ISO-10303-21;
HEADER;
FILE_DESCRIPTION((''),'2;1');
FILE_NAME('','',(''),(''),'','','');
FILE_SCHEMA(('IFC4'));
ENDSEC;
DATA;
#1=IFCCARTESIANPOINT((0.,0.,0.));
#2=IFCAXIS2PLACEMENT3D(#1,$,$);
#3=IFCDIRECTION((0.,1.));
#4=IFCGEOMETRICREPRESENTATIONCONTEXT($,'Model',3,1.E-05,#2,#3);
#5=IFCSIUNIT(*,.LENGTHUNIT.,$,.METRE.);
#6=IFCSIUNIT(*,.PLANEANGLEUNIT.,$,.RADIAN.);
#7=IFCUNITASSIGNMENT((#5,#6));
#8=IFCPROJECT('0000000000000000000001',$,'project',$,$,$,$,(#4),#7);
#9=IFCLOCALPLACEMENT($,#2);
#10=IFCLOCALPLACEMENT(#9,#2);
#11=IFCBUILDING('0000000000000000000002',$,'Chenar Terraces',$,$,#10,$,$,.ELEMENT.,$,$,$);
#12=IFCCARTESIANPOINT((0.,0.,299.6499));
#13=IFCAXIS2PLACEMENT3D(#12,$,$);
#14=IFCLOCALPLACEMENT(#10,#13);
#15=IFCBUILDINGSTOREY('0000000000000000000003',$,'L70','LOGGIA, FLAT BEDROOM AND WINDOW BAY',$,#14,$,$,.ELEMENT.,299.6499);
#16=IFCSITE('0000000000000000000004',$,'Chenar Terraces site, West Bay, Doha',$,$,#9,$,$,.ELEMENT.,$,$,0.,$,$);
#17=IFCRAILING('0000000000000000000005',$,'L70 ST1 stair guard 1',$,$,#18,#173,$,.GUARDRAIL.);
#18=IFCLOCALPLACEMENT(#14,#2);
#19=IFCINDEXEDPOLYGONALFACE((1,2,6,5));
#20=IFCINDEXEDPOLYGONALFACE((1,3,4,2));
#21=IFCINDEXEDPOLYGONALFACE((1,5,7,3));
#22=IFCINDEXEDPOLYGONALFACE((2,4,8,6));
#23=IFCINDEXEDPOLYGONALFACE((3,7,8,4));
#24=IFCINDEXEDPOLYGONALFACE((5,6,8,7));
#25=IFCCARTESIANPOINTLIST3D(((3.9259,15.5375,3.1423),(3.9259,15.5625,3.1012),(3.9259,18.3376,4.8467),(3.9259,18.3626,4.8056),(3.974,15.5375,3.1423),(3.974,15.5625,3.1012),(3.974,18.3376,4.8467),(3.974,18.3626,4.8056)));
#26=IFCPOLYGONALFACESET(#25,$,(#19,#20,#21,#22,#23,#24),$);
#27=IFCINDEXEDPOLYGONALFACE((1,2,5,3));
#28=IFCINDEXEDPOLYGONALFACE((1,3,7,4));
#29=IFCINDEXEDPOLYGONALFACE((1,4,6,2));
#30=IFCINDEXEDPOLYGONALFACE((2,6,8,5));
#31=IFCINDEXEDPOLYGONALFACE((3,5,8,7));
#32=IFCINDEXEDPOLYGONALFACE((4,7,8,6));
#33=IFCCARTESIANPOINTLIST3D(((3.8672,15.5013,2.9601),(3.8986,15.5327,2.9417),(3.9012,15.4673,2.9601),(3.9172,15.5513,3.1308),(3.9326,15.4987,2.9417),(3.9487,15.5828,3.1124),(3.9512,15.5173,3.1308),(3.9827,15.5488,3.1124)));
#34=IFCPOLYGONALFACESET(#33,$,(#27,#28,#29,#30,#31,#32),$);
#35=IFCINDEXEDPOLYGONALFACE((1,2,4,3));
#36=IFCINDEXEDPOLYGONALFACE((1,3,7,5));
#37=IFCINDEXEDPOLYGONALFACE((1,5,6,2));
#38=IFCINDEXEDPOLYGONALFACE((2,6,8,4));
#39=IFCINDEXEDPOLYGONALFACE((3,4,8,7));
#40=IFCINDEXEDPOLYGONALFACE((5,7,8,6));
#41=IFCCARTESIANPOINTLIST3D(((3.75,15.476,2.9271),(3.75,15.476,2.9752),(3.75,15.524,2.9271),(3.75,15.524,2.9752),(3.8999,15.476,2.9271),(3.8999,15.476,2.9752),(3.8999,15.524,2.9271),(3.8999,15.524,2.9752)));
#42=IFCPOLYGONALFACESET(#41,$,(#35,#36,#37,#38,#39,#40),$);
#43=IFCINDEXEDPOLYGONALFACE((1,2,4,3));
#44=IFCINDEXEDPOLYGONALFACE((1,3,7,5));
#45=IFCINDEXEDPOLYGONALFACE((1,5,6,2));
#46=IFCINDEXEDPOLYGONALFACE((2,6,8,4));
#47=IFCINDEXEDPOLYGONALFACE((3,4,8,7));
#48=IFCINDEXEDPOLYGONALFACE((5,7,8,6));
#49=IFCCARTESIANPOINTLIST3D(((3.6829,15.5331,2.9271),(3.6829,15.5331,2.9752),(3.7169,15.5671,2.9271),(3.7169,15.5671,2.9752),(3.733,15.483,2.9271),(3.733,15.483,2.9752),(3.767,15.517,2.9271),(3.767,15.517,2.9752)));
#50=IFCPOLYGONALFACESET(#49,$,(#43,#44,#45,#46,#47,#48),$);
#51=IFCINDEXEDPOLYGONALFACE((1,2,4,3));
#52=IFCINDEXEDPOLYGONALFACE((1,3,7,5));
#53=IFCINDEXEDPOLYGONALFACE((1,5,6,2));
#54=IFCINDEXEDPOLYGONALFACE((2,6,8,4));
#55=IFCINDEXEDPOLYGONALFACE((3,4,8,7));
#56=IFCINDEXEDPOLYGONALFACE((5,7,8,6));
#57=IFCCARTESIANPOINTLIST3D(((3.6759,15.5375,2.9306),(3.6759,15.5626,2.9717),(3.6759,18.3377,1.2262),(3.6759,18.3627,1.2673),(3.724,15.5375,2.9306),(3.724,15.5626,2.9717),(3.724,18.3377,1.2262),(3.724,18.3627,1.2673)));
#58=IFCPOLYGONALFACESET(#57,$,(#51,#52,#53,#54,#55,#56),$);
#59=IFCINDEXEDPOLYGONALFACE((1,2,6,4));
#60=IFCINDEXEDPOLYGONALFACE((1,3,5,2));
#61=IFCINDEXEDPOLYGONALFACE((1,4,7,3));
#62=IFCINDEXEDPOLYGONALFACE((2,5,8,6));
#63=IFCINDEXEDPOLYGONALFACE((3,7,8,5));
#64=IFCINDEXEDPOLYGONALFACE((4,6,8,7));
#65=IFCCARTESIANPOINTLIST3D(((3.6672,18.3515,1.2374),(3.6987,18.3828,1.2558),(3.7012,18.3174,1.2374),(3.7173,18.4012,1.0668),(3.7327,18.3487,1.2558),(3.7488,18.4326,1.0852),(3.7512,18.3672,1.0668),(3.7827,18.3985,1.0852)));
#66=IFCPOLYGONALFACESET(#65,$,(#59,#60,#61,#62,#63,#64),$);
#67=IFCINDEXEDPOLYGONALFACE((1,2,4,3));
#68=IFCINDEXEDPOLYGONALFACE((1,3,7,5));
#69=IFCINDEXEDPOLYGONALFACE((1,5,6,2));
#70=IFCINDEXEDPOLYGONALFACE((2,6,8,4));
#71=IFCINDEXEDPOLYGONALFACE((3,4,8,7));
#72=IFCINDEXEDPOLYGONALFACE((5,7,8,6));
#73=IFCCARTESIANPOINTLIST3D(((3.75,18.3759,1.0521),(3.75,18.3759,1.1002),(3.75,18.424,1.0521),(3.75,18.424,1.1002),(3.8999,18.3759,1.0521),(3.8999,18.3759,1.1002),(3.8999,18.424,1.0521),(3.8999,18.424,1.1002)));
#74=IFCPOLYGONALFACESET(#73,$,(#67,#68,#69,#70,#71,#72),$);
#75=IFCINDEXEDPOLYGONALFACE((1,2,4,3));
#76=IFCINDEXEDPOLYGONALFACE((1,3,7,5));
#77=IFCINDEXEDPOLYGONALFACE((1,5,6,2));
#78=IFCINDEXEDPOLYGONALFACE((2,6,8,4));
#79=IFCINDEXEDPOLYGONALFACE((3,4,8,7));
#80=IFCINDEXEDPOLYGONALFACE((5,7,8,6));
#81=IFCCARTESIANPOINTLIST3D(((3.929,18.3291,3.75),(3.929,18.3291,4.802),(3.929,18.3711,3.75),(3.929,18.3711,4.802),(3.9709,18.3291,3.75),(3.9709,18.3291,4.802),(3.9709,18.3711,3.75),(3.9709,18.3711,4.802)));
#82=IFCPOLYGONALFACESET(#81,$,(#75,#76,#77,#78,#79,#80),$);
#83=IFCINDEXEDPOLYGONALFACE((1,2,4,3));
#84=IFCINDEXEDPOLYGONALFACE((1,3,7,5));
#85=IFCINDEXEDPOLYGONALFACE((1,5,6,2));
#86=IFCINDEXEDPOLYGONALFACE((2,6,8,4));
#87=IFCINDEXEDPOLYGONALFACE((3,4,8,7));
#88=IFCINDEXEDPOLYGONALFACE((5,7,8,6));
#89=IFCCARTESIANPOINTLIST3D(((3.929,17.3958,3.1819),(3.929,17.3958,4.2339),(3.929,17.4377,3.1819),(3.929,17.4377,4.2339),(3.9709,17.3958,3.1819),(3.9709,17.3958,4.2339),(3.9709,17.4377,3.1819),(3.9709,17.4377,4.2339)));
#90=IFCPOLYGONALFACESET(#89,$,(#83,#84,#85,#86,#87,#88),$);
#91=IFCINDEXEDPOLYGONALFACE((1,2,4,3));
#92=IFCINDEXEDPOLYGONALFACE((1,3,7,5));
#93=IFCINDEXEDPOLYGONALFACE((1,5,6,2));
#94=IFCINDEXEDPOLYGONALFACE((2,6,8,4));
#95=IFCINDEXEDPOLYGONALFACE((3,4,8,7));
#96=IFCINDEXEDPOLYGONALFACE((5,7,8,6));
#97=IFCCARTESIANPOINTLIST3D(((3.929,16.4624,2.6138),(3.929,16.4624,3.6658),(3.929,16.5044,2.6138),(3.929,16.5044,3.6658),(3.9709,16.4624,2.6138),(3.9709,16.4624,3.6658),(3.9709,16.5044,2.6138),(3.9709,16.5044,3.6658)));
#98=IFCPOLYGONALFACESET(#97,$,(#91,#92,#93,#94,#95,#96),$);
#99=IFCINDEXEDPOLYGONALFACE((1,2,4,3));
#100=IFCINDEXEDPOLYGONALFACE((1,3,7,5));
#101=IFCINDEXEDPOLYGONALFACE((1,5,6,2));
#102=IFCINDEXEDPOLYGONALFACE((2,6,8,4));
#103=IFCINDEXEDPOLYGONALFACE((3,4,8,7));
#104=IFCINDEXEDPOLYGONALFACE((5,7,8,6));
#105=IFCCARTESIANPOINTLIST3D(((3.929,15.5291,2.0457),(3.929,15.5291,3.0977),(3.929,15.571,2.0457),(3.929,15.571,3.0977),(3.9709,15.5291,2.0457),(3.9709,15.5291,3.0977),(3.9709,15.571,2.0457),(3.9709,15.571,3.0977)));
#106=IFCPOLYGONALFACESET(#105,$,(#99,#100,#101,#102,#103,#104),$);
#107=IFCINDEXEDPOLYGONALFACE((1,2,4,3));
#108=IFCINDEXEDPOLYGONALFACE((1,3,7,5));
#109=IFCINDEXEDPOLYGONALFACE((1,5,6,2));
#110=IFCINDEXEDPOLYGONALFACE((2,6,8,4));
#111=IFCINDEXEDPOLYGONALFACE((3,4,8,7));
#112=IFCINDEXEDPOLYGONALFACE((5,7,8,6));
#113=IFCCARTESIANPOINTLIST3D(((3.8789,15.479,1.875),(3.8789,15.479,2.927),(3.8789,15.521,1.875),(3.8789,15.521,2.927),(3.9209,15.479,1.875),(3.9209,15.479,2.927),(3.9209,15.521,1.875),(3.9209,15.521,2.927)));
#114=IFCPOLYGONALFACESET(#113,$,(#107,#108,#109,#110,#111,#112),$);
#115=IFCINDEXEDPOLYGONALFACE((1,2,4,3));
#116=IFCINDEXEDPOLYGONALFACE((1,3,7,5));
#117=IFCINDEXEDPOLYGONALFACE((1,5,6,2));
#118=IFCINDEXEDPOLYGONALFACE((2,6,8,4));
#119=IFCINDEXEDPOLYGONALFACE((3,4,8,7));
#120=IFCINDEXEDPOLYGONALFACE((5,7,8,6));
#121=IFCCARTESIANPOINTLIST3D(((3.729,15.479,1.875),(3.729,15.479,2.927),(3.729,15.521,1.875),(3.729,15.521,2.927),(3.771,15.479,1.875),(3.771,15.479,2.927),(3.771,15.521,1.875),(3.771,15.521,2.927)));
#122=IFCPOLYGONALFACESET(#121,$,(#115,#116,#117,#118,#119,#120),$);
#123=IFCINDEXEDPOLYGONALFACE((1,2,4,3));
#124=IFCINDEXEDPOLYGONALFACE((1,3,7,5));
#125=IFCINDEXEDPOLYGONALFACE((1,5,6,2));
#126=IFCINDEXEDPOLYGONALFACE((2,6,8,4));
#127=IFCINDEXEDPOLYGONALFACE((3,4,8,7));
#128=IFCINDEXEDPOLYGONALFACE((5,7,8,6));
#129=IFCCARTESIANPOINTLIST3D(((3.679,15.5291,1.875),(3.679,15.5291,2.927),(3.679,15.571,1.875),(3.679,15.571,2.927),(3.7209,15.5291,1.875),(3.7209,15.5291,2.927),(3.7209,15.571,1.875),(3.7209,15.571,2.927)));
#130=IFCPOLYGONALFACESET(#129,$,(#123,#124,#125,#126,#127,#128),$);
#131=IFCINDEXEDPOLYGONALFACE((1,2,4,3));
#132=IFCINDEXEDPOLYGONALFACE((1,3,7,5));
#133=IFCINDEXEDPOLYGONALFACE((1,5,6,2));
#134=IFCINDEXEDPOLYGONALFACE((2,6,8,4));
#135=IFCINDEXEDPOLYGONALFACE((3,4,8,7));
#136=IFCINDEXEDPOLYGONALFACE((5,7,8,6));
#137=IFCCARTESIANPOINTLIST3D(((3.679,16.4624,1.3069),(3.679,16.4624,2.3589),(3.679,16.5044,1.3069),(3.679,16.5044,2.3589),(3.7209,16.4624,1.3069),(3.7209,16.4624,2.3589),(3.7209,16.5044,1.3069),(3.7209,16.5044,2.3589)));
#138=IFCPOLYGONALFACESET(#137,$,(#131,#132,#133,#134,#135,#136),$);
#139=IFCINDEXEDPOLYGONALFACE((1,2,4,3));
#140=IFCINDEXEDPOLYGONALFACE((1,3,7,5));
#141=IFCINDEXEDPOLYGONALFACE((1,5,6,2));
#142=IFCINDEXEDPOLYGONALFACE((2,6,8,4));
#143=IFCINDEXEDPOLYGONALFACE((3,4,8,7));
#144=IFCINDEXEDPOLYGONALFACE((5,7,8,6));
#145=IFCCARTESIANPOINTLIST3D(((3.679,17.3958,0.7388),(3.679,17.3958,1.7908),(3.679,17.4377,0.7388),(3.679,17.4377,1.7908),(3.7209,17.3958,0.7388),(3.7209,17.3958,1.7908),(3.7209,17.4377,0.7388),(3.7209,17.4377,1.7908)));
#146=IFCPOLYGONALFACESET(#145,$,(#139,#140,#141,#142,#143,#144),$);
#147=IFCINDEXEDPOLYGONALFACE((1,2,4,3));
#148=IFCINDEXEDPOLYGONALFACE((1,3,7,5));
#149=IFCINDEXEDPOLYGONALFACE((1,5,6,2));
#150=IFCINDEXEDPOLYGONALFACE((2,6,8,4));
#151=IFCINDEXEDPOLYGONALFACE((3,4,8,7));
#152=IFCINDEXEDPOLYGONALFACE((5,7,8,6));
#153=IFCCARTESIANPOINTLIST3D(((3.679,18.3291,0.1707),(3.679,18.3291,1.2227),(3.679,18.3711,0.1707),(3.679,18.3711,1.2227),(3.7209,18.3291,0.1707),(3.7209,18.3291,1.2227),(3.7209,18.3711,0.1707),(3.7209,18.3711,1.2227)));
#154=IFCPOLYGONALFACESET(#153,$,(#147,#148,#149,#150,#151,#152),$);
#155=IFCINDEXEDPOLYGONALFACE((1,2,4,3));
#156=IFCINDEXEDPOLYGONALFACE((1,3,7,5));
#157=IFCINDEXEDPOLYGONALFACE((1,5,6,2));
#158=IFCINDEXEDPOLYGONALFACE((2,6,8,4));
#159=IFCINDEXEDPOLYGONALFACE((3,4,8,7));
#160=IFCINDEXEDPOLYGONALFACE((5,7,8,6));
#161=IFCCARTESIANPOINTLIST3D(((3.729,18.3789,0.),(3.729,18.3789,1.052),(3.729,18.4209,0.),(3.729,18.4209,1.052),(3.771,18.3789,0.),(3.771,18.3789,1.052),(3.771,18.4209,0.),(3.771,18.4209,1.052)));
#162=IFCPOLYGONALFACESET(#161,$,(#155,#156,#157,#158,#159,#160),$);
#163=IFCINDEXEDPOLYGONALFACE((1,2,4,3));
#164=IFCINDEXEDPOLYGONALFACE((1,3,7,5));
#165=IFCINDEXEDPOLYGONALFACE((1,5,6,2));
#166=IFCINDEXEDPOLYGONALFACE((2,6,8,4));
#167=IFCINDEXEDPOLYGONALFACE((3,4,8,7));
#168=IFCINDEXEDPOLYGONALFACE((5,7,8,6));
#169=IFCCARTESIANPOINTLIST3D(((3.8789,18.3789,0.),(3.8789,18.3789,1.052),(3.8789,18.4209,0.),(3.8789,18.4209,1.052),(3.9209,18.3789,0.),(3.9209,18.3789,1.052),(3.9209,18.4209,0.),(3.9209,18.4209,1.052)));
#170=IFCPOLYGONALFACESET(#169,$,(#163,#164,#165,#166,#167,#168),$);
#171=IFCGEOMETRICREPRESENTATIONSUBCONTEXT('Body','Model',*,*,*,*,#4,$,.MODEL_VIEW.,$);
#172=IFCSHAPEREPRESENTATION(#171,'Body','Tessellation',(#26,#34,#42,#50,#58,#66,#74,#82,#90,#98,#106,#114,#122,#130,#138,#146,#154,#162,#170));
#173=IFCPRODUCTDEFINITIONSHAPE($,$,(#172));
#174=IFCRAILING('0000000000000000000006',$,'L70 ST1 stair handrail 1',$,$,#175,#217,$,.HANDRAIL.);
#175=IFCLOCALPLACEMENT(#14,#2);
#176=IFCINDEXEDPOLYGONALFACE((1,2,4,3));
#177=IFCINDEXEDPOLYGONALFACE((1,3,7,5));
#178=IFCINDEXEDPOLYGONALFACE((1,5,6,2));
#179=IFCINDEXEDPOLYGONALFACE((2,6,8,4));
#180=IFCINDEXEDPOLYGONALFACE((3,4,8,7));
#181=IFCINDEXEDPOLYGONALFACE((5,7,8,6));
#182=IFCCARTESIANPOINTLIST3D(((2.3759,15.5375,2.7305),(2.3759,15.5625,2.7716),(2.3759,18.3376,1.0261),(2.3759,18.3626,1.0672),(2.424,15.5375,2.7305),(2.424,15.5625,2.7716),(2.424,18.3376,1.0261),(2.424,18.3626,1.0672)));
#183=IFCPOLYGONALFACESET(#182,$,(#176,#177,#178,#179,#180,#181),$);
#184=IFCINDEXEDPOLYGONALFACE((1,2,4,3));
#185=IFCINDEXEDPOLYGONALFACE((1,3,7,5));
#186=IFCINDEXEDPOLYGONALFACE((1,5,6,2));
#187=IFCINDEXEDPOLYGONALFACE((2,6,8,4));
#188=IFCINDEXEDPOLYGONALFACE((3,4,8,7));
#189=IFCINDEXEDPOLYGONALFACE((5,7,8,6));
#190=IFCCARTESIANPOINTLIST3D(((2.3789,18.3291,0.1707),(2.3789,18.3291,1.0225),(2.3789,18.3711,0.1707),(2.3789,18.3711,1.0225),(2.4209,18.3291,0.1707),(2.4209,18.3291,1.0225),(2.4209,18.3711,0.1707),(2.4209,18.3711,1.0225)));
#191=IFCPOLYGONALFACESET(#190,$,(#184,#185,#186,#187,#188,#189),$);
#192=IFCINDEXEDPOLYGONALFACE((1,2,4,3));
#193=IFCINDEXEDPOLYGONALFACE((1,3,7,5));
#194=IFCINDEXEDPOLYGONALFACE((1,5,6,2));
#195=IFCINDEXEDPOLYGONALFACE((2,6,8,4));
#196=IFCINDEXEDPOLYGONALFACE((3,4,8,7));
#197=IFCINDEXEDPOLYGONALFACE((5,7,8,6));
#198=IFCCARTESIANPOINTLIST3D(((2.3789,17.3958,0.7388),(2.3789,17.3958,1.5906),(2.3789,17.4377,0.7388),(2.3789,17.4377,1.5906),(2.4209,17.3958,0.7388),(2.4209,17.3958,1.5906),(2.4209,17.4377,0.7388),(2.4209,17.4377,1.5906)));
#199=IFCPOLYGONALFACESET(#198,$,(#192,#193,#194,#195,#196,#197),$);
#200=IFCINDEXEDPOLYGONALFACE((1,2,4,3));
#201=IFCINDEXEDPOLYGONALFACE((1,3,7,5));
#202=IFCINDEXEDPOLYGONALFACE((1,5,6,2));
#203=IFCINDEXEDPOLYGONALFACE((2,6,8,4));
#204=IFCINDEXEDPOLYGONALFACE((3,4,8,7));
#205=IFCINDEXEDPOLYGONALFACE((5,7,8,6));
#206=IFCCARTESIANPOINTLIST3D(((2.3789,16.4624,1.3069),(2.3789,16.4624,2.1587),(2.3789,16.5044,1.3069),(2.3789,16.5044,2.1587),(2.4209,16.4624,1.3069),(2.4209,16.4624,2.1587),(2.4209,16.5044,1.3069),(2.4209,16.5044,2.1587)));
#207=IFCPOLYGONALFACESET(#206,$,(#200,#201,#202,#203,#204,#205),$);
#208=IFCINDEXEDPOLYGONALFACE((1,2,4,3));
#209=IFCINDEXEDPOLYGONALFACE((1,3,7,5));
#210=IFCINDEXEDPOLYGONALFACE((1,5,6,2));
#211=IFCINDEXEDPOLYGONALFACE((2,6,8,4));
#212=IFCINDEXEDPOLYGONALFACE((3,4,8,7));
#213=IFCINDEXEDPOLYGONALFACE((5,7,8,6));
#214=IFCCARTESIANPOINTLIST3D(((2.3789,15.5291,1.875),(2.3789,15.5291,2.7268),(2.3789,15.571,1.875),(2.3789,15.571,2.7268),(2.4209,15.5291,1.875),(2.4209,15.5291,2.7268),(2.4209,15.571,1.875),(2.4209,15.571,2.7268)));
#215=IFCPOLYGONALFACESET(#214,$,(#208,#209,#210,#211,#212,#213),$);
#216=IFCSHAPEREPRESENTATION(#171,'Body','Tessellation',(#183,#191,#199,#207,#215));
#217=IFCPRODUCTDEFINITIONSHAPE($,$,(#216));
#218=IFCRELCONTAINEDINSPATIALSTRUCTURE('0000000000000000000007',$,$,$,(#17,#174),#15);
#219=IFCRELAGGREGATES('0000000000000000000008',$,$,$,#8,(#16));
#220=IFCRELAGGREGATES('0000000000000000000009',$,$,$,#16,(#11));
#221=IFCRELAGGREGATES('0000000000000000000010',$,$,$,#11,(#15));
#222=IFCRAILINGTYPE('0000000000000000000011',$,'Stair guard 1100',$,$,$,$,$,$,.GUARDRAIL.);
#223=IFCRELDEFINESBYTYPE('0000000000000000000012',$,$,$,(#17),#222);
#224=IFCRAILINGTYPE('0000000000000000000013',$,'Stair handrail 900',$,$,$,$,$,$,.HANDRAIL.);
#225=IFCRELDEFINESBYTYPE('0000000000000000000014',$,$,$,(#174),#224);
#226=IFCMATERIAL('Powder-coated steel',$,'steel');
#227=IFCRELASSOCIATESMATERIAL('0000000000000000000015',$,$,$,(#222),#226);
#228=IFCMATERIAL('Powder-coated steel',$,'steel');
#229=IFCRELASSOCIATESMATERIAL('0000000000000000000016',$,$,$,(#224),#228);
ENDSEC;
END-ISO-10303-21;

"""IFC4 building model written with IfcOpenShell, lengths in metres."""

from ifc_helpers import new_model, si_unit, direction, frame, origin, origin_2d, place, context, subcontext, project, spatial, rectangle, extrude, material, type_object, element, save


model = new_model("IFC4")

# Units and contexts
model_context = context("Model", 3, precision=1e-05, world=origin(), true_north=direction((0.0, 1.0)))
body_context = subcontext(model_context, "Body", "Model", "MODEL_VIEW")
ifc_project = project(units=[si_unit("LENGTHUNIT", "METRE"), si_unit("PLANEANGLEUNIT", "RADIAN")], contexts=[model_context])

# Site, building, storey
site_placement = place(None, origin())
site = spatial("IfcSite", under=ifc_project, at=site_placement, Name="Chenar Terraces site, West Bay, Doha", CompositionType="ELEMENT", RefElevation=0.0)
building_placement = place(site_placement, origin())
building = spatial("IfcBuilding", under=site, at=building_placement, Name="Chenar Terraces", CompositionType="ELEMENT")
storey_placement = place(building_placement, frame((0.0, 0.0, 299.6499)))
storey = spatial("IfcBuildingStorey", under=building, at=storey_placement, Name="L70", Description="LOGGIA, FLAT BEDROOM AND WINDOW BAY", CompositionType="ELEMENT", Elevation=299.6499)

# Railings
ifc_material_1 = material(Name="Powder-coated steel", Category="steel")
railing_type_1 = type_object("IfcRailingType", Name="Stair guard 1100", PredefinedType="GUARDRAIL", material=ifc_material_1)
railing_1_placement = place(storey_placement, frame((3.95, 18.3501, 3.75)))
element("IfcRailing", 1, at=railing_1_placement, inside=storey, type_object=railing_type_1, Name="L70 ST1 stair guard 1", PredefinedType="GUARDRAIL", context=body_context, shape_type="SweptSolid", body=[
    extrude(rectangle(XDim=0.0481, YDim=0.0481, at=origin_2d()), frame((0.0, 0.0, 1.0762), z_axis=(0.0, -0.854203, -0.51994), x_axis=(1.0, 0.0, 0.0)), (0.0, 0.0, 1.0), 3.2781),
    extrude(rectangle(XDim=0.0481, YDim=0.0481, at=origin_2d()), frame((0.0, -2.8, -0.6284), z_axis=(-0.2709, -0.2709, -0.923703), x_axis=(0.707107, -0.707107, 0.0)), (0.0, 0.0, 1.0), 0.1848),
    extrude(rectangle(XDim=0.0481, YDim=0.0481, at=origin_2d()), frame((-0.05, -2.8501, -0.7988), z_axis=(-1.0, 0.0, 0.0), x_axis=(0.0, -1.0, 0.0)), (0.0, 0.0, 1.0), 0.1499),
    extrude(rectangle(XDim=0.0481, YDim=0.0481, at=origin_2d()), frame((-0.2, -2.8501, -0.7988), z_axis=(-0.707107, 0.707107, 0.0), x_axis=(-0.707107, -0.707107, 0.0)), (0.0, 0.0, 1.0), 0.0708),
    extrude(rectangle(XDim=0.0481, YDim=0.0481, at=origin_2d()), frame((-0.25, -2.8, -0.7988), z_axis=(0.0, 0.854203, -0.51994), x_axis=(-1.0, 0.0, 0.0)), (0.0, 0.0, 1.0), 3.2781),
    extrude(rectangle(XDim=0.0481, YDim=0.0481, at=origin_2d()), frame((-0.25, 0.0, -2.5034), z_axis=(0.270997, 0.269675, -0.924033), x_axis=(-0.705376, 0.708834, 0.0)), (0.0, 0.0, 1.0), 0.1846),
    extrude(rectangle(XDim=0.0481, YDim=0.0481, at=origin_2d()), frame((-0.2, 0.0498, -2.6738), z_axis=(1.0, 0.0, 0.0), x_axis=(0.0, 1.0, 0.0)), (0.0, 0.0, 1.0), 0.1499),
    extrude(rectangle(XDim=0.042, YDim=0.042, at=origin_2d()), origin(), (0.0, 0.0, 1.0), 1.052),
    extrude(rectangle(XDim=0.042, YDim=0.042, at=origin_2d()), frame((0.0, -0.9333, -0.5681)), (0.0, 0.0, 1.0), 1.052),
    extrude(rectangle(XDim=0.042, YDim=0.042, at=origin_2d()), frame((0.0, -1.8667, -1.1362)), (0.0, 0.0, 1.0), 1.052),
    extrude(rectangle(XDim=0.042, YDim=0.042, at=origin_2d()), frame((0.0, -2.8, -1.7043)), (0.0, 0.0, 1.0), 1.052),
    extrude(rectangle(XDim=0.042, YDim=0.042, at=origin_2d()), frame((-0.05, -2.8501, -1.875)), (0.0, 0.0, 1.0), 1.052),
    extrude(rectangle(XDim=0.042, YDim=0.042, at=origin_2d()), frame((-0.2, -2.8501, -1.875)), (0.0, 0.0, 1.0), 1.052),
    extrude(rectangle(XDim=0.042, YDim=0.042, at=origin_2d()), frame((-0.25, -2.8, -1.875)), (0.0, 0.0, 1.0), 1.052),
    extrude(rectangle(XDim=0.042, YDim=0.042, at=origin_2d()), frame((-0.25, -1.8667, -2.4431)), (0.0, 0.0, 1.0), 1.052),
    extrude(rectangle(XDim=0.042, YDim=0.042, at=origin_2d()), frame((-0.25, -0.9333, -3.0112)), (0.0, 0.0, 1.0), 1.052),
    extrude(rectangle(XDim=0.042, YDim=0.042, at=origin_2d()), frame((-0.25, 0.0, -3.5793)), (0.0, 0.0, 1.0), 1.052),
    extrude(rectangle(XDim=0.042, YDim=0.042, at=origin_2d()), frame((-0.2, 0.0498, -3.75)), (0.0, 0.0, 1.0), 1.052),
    extrude(rectangle(XDim=0.042, YDim=0.042, at=origin_2d()), frame((-0.05, 0.0498, -3.75)), (0.0, 0.0, 1.0), 1.052),
])
ifc_material_2 = material(Name="Powder-coated steel", Category="steel")
railing_type_2 = type_object("IfcRailingType", Name="Stair handrail 900", PredefinedType="HANDRAIL", material=ifc_material_2)
railing_2_placement = place(storey_placement, frame((2.3999, 18.3501, 0.1707)))
element("IfcRailing", 2, at=railing_2_placement, inside=storey, type_object=railing_type_2, Name="L70 ST1 stair handrail 1", PredefinedType="HANDRAIL", context=body_context, shape_type="SweptSolid", body=[
    extrude(rectangle(XDim=0.0481, YDim=0.0481, at=origin_2d()), frame((0.0, 0.0, 0.876), z_axis=(0.0, -0.854203, 0.51994), x_axis=(1.0, 0.0, 0.0)), (0.0, 0.0, 1.0), 3.2781),
    extrude(rectangle(XDim=0.042, YDim=0.042, at=origin_2d()), origin(), (0.0, 0.0, 1.0), 0.8518),
    extrude(rectangle(XDim=0.042, YDim=0.042, at=origin_2d()), frame((0.0, -0.9333, 0.5681)), (0.0, 0.0, 1.0), 0.8518),
    extrude(rectangle(XDim=0.042, YDim=0.042, at=origin_2d()), frame((0.0, -1.8667, 1.1362)), (0.0, 0.0, 1.0), 0.8518),
    extrude(rectangle(XDim=0.042, YDim=0.042, at=origin_2d()), frame((0.0, -2.8, 1.7043)), (0.0, 0.0, 1.0), 0.8518),
])

save(model, "model.ifc")
